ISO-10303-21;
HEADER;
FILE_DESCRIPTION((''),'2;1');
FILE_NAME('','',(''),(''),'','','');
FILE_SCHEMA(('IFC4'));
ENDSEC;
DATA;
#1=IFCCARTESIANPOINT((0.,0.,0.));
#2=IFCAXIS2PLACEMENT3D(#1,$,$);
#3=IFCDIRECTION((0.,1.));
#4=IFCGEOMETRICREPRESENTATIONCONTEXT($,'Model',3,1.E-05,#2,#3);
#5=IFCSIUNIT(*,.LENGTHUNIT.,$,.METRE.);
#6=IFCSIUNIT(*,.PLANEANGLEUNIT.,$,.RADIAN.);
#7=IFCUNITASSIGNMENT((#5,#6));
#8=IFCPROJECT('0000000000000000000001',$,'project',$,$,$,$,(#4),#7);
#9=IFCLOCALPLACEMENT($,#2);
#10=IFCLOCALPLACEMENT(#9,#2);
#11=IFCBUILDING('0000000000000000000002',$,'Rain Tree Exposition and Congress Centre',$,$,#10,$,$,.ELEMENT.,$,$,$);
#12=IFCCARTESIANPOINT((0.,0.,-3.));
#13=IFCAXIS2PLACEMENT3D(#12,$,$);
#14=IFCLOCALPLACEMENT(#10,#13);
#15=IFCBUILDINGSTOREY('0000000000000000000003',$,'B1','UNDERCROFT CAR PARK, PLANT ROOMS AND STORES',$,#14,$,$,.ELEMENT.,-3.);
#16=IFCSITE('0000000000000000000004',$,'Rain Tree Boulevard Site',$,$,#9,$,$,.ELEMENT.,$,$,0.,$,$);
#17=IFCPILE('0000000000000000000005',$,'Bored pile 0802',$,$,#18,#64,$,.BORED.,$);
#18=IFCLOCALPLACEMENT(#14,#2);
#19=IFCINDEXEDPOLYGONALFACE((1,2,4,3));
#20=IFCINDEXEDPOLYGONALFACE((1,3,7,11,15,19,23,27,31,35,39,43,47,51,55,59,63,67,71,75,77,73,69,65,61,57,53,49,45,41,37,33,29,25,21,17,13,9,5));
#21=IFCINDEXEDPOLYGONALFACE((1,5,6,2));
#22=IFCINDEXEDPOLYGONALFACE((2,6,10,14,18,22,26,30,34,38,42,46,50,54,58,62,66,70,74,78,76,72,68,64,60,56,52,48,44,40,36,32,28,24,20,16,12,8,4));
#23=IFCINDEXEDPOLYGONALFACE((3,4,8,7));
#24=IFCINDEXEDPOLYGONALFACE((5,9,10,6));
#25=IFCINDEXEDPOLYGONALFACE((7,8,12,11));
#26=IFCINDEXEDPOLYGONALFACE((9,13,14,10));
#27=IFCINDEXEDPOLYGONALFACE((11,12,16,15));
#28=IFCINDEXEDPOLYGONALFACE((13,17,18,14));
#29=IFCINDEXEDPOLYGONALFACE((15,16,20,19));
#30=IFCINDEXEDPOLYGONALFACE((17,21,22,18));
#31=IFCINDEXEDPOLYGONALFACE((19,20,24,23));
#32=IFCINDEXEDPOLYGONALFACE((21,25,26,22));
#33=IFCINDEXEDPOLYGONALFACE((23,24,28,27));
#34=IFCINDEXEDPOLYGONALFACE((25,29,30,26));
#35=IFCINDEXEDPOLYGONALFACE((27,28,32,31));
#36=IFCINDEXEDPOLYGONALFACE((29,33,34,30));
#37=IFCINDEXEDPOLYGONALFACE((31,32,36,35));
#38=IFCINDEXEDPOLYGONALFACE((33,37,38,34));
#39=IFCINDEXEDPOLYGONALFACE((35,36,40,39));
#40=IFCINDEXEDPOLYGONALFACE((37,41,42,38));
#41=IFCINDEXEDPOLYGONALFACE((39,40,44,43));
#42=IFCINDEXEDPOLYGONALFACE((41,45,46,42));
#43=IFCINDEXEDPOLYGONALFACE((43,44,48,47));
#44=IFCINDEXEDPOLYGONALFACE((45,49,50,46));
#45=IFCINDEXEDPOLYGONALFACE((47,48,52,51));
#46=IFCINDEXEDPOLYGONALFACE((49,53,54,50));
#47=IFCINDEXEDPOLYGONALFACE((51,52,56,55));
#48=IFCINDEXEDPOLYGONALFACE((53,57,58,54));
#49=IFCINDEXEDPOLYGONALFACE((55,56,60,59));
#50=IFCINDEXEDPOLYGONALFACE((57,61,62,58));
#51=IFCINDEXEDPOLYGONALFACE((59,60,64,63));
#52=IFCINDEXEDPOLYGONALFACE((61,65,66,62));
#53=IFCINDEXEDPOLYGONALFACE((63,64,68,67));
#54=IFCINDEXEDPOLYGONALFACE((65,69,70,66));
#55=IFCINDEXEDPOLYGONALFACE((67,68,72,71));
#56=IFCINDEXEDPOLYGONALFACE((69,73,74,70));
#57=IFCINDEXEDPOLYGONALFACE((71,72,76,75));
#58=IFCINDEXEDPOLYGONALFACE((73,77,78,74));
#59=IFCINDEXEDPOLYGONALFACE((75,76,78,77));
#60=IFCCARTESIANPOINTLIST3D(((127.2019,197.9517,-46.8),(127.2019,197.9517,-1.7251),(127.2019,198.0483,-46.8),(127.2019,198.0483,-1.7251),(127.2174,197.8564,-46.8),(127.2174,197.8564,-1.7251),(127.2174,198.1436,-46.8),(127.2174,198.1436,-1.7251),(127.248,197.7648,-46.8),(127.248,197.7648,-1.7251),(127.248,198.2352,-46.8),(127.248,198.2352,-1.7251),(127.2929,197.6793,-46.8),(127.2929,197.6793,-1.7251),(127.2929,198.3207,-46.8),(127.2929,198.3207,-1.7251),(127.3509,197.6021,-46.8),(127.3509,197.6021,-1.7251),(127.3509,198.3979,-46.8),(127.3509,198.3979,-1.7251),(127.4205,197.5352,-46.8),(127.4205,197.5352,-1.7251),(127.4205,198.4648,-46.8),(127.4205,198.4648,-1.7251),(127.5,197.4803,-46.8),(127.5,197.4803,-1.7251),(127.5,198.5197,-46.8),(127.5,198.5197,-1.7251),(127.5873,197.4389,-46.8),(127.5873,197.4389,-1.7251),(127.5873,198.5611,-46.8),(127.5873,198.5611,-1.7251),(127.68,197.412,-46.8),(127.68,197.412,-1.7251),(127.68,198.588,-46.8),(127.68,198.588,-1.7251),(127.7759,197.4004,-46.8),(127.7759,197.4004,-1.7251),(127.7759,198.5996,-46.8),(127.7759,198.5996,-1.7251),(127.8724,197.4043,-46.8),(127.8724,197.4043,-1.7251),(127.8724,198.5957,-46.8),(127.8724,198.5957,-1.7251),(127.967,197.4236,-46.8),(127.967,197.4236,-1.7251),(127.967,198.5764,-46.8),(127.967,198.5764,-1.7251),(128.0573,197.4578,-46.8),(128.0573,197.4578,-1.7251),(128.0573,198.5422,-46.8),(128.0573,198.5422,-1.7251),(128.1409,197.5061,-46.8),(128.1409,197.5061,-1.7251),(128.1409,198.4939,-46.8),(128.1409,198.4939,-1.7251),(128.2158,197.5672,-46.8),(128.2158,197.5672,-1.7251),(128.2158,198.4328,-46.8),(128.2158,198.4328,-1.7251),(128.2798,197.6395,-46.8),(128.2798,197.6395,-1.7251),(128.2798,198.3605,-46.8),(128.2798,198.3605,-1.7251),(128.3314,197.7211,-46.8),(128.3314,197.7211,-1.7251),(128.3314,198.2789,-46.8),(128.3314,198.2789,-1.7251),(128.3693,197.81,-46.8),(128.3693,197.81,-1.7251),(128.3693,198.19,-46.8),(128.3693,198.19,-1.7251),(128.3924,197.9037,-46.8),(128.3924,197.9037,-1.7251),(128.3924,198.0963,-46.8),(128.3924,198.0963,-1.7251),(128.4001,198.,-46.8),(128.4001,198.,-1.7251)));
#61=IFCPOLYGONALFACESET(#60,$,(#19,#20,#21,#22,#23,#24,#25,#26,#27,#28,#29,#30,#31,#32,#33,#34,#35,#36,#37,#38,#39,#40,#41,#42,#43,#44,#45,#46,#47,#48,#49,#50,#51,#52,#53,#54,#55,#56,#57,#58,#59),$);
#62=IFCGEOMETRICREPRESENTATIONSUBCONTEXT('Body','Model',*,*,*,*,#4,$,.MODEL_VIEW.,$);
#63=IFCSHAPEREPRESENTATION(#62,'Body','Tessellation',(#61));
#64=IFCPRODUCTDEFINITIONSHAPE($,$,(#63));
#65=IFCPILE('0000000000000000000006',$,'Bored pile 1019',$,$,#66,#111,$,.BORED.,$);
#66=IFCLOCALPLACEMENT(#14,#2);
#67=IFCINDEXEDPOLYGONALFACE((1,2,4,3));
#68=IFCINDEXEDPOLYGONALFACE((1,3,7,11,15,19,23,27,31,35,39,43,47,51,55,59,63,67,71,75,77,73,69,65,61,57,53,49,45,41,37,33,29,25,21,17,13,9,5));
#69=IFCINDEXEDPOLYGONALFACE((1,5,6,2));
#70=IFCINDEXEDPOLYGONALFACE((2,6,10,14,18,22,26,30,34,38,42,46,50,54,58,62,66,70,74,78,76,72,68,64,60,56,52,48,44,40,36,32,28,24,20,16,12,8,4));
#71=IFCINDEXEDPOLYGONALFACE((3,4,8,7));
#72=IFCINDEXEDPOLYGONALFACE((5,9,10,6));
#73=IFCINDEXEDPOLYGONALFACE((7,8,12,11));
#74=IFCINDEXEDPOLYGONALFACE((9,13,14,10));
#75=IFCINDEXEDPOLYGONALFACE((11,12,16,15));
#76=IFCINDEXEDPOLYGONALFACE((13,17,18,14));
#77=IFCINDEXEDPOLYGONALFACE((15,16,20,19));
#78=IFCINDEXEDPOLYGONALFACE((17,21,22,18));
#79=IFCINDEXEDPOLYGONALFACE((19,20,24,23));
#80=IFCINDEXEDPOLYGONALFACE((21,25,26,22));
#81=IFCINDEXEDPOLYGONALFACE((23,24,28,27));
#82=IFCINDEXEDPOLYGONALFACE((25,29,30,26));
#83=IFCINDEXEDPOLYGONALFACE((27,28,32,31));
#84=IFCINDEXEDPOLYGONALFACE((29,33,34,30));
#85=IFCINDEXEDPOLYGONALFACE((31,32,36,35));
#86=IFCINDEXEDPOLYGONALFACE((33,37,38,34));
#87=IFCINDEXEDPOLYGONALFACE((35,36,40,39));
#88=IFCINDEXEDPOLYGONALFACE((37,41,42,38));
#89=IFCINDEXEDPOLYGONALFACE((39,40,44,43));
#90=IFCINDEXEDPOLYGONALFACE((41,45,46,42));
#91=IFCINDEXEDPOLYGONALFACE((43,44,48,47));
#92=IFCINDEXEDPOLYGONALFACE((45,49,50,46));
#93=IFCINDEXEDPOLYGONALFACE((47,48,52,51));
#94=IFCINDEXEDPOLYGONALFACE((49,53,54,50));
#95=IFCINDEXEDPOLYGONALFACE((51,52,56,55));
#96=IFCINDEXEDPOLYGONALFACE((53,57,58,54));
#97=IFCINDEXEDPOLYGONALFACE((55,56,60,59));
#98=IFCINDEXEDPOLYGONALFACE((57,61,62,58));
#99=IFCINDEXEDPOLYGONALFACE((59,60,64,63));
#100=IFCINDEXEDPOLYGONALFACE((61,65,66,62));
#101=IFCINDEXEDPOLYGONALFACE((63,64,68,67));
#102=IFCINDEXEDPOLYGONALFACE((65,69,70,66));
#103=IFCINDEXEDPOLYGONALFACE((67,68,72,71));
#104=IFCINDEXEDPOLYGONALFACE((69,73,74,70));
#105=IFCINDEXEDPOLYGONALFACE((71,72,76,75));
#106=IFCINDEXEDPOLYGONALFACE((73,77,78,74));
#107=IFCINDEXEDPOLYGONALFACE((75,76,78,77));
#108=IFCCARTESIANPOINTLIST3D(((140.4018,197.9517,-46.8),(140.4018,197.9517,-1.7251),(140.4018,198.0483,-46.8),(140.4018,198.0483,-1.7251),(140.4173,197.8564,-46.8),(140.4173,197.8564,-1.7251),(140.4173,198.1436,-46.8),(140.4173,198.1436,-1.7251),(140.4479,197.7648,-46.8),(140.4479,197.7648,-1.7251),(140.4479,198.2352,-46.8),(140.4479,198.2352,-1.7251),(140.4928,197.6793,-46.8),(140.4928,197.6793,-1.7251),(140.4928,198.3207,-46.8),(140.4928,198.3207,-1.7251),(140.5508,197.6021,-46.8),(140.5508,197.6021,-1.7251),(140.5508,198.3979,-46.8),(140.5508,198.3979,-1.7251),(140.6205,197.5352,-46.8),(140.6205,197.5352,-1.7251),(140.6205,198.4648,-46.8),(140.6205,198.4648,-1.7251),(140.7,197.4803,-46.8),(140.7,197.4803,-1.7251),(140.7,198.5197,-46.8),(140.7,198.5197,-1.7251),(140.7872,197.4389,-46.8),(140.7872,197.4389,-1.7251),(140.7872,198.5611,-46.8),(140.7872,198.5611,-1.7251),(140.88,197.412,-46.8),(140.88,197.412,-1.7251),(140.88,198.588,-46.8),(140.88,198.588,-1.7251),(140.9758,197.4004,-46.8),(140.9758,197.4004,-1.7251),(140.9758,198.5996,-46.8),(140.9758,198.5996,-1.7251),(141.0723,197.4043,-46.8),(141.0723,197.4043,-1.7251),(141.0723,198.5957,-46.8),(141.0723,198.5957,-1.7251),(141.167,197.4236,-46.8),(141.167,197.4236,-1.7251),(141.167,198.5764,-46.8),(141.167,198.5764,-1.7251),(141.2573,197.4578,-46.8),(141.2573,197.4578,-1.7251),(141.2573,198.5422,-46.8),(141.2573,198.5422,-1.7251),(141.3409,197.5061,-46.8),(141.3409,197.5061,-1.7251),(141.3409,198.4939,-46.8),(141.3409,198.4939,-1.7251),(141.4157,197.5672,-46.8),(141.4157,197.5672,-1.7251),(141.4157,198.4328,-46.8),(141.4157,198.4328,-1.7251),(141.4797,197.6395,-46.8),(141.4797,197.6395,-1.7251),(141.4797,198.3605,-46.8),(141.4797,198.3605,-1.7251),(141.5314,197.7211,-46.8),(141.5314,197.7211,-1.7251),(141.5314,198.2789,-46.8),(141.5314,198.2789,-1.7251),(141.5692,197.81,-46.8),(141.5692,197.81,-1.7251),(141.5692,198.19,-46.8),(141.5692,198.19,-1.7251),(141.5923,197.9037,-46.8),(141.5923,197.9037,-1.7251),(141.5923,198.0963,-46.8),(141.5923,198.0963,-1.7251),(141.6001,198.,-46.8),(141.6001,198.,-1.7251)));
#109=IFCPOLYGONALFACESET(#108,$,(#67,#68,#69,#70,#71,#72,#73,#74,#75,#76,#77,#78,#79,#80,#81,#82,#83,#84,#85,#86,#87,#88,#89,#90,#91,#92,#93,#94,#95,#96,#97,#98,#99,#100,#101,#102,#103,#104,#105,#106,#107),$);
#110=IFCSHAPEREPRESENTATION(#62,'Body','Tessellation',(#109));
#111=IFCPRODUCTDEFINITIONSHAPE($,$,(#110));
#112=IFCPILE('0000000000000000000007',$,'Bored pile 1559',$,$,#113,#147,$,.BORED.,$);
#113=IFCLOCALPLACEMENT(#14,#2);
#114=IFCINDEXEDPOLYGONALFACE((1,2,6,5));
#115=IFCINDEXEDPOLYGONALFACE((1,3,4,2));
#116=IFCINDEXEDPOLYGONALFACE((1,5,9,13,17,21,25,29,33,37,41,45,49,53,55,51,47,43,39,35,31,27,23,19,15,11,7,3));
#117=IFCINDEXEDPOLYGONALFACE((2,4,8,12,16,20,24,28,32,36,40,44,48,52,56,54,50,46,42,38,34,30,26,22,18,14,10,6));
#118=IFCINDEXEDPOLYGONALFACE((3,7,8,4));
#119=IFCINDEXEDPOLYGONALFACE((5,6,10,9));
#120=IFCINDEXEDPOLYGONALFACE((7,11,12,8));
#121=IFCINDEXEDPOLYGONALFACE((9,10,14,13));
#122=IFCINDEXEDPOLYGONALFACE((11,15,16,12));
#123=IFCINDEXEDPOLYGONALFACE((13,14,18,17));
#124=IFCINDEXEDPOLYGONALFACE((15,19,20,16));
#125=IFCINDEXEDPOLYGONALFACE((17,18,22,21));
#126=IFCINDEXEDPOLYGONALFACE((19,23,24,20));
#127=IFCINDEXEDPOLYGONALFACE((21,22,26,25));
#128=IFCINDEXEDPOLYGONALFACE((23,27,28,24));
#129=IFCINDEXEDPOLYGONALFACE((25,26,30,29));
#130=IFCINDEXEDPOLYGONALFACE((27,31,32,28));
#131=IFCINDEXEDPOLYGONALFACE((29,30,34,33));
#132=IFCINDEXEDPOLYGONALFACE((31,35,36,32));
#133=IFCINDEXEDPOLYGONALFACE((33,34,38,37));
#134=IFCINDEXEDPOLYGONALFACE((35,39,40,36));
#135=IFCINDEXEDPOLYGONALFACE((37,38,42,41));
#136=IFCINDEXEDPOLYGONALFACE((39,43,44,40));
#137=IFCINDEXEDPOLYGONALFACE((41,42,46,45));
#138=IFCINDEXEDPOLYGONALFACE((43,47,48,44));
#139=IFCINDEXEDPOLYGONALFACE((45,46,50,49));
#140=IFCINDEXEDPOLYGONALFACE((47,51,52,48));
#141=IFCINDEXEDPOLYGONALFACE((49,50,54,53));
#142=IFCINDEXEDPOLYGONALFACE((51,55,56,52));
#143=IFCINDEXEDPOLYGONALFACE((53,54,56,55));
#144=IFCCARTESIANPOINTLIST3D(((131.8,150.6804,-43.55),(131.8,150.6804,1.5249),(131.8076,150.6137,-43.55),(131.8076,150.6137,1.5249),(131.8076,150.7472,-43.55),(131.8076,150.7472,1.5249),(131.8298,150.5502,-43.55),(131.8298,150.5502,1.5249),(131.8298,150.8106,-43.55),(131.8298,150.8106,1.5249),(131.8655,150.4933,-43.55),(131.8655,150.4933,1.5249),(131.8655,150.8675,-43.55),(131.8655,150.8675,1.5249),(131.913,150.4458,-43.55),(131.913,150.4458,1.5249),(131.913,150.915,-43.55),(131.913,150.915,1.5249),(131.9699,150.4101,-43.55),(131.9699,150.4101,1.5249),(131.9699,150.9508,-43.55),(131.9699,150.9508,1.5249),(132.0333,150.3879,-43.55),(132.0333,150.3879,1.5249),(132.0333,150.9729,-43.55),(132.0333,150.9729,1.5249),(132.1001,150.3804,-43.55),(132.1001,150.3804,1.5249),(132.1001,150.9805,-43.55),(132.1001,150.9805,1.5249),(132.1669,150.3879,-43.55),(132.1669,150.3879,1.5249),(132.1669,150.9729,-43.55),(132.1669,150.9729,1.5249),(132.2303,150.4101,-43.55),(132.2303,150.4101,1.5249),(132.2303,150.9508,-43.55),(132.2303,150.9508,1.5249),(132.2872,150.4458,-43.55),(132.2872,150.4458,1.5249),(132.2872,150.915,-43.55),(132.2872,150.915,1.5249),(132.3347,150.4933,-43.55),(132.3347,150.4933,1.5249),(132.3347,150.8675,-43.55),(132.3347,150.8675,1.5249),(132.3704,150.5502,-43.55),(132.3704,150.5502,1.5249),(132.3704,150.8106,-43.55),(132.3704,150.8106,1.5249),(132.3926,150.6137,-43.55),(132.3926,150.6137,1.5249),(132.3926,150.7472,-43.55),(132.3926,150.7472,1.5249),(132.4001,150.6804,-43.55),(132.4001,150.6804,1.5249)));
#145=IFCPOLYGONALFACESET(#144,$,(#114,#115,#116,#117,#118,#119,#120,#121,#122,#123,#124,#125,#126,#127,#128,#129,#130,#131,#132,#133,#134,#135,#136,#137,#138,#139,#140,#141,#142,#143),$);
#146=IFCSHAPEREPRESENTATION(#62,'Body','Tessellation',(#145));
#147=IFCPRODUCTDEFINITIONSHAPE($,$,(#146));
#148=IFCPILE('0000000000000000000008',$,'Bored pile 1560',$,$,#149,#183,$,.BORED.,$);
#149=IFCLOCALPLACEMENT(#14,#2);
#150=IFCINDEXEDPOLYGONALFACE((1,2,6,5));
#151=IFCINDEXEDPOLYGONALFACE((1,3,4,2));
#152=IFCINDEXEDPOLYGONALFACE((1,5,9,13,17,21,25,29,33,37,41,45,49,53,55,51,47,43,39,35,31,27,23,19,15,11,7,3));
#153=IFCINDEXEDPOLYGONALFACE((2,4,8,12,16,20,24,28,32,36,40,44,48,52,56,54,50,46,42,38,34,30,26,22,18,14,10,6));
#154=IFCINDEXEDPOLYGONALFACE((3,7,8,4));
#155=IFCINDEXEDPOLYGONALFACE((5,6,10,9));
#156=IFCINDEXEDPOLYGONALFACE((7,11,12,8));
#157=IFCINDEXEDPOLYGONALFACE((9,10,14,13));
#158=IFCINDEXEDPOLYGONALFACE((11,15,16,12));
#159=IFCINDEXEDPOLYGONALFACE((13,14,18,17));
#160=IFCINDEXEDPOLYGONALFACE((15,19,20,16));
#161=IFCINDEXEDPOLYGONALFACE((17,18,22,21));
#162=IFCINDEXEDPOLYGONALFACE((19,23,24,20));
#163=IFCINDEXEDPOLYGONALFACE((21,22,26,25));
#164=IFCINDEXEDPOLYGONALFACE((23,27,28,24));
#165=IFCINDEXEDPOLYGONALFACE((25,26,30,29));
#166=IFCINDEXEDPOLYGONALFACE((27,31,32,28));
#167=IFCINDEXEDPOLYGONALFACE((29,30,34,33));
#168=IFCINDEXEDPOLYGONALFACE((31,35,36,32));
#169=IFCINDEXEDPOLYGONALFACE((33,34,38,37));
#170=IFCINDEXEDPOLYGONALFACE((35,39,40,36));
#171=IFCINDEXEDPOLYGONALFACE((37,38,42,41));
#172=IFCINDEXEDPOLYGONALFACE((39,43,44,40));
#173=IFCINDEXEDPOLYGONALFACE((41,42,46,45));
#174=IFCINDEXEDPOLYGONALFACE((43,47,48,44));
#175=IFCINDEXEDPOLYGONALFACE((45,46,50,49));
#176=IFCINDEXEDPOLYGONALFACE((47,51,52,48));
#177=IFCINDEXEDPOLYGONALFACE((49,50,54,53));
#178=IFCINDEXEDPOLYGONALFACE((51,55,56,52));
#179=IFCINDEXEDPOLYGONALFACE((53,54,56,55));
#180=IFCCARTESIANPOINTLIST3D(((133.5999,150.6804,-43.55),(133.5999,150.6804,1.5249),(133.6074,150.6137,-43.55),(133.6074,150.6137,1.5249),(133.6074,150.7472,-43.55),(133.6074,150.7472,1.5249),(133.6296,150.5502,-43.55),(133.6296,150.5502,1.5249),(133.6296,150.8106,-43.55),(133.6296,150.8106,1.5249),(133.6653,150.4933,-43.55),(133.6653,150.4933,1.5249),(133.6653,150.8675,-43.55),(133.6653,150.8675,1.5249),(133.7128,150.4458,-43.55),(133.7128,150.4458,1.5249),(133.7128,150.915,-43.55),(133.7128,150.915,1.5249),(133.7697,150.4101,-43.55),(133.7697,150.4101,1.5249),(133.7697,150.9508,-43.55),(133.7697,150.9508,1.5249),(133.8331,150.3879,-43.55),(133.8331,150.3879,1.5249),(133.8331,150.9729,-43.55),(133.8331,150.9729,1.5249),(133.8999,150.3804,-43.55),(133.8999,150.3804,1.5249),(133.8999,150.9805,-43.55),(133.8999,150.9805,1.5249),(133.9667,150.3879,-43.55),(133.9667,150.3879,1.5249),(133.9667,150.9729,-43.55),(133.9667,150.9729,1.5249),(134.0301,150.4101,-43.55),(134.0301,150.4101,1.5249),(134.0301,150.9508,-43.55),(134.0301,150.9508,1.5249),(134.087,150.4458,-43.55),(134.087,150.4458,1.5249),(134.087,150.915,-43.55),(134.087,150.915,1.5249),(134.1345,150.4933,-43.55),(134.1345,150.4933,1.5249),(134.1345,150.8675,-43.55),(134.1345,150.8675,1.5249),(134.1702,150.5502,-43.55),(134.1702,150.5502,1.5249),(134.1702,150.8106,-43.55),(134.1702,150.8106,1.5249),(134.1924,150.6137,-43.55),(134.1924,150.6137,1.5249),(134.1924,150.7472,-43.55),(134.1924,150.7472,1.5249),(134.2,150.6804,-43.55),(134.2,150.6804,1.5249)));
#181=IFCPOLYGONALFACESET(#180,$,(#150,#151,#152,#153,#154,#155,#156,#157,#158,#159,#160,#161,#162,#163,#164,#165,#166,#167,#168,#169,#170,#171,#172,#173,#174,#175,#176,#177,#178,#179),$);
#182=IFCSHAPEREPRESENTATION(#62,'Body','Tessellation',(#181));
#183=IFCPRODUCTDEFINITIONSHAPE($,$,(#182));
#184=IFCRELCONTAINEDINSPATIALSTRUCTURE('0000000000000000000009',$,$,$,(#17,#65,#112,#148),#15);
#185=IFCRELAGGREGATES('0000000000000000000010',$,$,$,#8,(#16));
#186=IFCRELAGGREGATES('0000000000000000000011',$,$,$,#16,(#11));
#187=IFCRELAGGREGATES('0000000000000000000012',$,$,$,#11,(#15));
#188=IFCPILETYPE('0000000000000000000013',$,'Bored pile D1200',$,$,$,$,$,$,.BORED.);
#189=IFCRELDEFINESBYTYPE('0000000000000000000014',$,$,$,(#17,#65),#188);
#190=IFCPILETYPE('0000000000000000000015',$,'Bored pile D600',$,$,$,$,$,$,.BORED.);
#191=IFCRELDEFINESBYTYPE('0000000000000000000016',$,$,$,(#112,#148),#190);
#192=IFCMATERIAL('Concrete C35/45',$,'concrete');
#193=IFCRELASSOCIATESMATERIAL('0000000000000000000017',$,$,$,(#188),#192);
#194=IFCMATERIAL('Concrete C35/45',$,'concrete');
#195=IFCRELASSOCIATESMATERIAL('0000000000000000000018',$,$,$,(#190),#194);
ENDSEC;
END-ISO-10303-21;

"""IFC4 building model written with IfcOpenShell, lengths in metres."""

from ifc_helpers import new_model, si_unit, direction, frame, origin, origin_2d, place, context, subcontext, project, spatial, circle, extrude, material, material_profile, profile_set, type_object, element, save


model = new_model("IFC4")

# Units and contexts
model_context = context("Model", 3, precision=1e-05, world=origin(), true_north=direction((0.0, 1.0)))
body_context = subcontext(model_context, "Body", "Model", "MODEL_VIEW")
ifc_project = project(units=[si_unit("LENGTHUNIT", "METRE"), si_unit("PLANEANGLEUNIT", "RADIAN")], contexts=[model_context])

# Site, building, storey
site_placement = place(None, origin())
site = spatial("IfcSite", under=ifc_project, at=site_placement, Name="Rain Tree Boulevard Site", CompositionType="ELEMENT", RefElevation=0.0)
building_placement = place(site_placement, origin())
building = spatial("IfcBuilding", under=site, at=building_placement, Name="Rain Tree Exposition and Congress Centre", CompositionType="ELEMENT")
storey_placement = place(building_placement, frame((0.0, 0.0, -3.0)))
storey = spatial("IfcBuildingStorey", under=building, at=storey_placement, Name="B1", Description="UNDERCROFT CAR PARK, PLANT ROOMS AND STORES", CompositionType="ELEMENT", Elevation=-3.0)

# Piles
ifc_material_1 = material(Name="Concrete C35/45", Category="concrete")
ifc_material_profile_1 = material_profile(ifc_material_1, circle(Radius=0.6001, at=origin_2d()), Name="D1200")
ifc_profile_set_1 = profile_set([ifc_material_profile_1], Name="Concrete C35/45")
pile_type_1 = type_object("IfcPileType", Name="Bored pile D1200", PredefinedType="BORED", material=ifc_profile_set_1)
for number, where, z_axis, x_axis, name in (
    (1, (127.8, 198.0, -1.7251), (0.0, 0.0, -1.0), (1.0, 0.0, 0.0), "Bored pile 0802"),
    (2, (141.0, 198.0, -1.7251), (0.0, 0.0, -1.0), (1.0, 0.0, 0.0), "Bored pile 1019"),
):
    element("IfcPile", number, at=place(storey_placement, frame(where, z_axis=z_axis, x_axis=x_axis)), inside=storey, type_object=pile_type_1, Name=name, PredefinedType="BORED", context=body_context, shape_type="SweptSolid", body=[
        extrude(circle(Radius=0.6001, at=origin_2d()), origin(), (0.0, 0.0, 1.0), 45.075),
    ])
ifc_material_2 = material(Name="Concrete C35/45", Category="concrete")
ifc_material_profile_2 = material_profile(ifc_material_2, circle(Radius=0.3, at=origin_2d()), Name="D600")
ifc_profile_set_2 = profile_set([ifc_material_profile_2], Name="Concrete C35/45")
pile_type_2 = type_object("IfcPileType", Name="Bored pile D600", PredefinedType="BORED", material=ifc_profile_set_2)
for number, where, z_axis, x_axis, name in (
    (3, (132.1001, 150.6804, 1.5249), (0.0, 0.0, -1.0), (1.0, 0.0, 0.0), "Bored pile 1559"),
    (4, (133.8999, 150.6804, 1.5249), (0.0, 0.0, -1.0), (1.0, 0.0, 0.0), "Bored pile 1560"),
):
    element("IfcPile", number, at=place(storey_placement, frame(where, z_axis=z_axis, x_axis=x_axis)), inside=storey, type_object=pile_type_2, Name=name, PredefinedType="BORED", context=body_context, shape_type="SweptSolid", body=[
        extrude(circle(Radius=0.3, at=origin_2d()), origin(), (0.0, 0.0, 1.0), 45.075),
    ])

save(model, "model.ifc")
